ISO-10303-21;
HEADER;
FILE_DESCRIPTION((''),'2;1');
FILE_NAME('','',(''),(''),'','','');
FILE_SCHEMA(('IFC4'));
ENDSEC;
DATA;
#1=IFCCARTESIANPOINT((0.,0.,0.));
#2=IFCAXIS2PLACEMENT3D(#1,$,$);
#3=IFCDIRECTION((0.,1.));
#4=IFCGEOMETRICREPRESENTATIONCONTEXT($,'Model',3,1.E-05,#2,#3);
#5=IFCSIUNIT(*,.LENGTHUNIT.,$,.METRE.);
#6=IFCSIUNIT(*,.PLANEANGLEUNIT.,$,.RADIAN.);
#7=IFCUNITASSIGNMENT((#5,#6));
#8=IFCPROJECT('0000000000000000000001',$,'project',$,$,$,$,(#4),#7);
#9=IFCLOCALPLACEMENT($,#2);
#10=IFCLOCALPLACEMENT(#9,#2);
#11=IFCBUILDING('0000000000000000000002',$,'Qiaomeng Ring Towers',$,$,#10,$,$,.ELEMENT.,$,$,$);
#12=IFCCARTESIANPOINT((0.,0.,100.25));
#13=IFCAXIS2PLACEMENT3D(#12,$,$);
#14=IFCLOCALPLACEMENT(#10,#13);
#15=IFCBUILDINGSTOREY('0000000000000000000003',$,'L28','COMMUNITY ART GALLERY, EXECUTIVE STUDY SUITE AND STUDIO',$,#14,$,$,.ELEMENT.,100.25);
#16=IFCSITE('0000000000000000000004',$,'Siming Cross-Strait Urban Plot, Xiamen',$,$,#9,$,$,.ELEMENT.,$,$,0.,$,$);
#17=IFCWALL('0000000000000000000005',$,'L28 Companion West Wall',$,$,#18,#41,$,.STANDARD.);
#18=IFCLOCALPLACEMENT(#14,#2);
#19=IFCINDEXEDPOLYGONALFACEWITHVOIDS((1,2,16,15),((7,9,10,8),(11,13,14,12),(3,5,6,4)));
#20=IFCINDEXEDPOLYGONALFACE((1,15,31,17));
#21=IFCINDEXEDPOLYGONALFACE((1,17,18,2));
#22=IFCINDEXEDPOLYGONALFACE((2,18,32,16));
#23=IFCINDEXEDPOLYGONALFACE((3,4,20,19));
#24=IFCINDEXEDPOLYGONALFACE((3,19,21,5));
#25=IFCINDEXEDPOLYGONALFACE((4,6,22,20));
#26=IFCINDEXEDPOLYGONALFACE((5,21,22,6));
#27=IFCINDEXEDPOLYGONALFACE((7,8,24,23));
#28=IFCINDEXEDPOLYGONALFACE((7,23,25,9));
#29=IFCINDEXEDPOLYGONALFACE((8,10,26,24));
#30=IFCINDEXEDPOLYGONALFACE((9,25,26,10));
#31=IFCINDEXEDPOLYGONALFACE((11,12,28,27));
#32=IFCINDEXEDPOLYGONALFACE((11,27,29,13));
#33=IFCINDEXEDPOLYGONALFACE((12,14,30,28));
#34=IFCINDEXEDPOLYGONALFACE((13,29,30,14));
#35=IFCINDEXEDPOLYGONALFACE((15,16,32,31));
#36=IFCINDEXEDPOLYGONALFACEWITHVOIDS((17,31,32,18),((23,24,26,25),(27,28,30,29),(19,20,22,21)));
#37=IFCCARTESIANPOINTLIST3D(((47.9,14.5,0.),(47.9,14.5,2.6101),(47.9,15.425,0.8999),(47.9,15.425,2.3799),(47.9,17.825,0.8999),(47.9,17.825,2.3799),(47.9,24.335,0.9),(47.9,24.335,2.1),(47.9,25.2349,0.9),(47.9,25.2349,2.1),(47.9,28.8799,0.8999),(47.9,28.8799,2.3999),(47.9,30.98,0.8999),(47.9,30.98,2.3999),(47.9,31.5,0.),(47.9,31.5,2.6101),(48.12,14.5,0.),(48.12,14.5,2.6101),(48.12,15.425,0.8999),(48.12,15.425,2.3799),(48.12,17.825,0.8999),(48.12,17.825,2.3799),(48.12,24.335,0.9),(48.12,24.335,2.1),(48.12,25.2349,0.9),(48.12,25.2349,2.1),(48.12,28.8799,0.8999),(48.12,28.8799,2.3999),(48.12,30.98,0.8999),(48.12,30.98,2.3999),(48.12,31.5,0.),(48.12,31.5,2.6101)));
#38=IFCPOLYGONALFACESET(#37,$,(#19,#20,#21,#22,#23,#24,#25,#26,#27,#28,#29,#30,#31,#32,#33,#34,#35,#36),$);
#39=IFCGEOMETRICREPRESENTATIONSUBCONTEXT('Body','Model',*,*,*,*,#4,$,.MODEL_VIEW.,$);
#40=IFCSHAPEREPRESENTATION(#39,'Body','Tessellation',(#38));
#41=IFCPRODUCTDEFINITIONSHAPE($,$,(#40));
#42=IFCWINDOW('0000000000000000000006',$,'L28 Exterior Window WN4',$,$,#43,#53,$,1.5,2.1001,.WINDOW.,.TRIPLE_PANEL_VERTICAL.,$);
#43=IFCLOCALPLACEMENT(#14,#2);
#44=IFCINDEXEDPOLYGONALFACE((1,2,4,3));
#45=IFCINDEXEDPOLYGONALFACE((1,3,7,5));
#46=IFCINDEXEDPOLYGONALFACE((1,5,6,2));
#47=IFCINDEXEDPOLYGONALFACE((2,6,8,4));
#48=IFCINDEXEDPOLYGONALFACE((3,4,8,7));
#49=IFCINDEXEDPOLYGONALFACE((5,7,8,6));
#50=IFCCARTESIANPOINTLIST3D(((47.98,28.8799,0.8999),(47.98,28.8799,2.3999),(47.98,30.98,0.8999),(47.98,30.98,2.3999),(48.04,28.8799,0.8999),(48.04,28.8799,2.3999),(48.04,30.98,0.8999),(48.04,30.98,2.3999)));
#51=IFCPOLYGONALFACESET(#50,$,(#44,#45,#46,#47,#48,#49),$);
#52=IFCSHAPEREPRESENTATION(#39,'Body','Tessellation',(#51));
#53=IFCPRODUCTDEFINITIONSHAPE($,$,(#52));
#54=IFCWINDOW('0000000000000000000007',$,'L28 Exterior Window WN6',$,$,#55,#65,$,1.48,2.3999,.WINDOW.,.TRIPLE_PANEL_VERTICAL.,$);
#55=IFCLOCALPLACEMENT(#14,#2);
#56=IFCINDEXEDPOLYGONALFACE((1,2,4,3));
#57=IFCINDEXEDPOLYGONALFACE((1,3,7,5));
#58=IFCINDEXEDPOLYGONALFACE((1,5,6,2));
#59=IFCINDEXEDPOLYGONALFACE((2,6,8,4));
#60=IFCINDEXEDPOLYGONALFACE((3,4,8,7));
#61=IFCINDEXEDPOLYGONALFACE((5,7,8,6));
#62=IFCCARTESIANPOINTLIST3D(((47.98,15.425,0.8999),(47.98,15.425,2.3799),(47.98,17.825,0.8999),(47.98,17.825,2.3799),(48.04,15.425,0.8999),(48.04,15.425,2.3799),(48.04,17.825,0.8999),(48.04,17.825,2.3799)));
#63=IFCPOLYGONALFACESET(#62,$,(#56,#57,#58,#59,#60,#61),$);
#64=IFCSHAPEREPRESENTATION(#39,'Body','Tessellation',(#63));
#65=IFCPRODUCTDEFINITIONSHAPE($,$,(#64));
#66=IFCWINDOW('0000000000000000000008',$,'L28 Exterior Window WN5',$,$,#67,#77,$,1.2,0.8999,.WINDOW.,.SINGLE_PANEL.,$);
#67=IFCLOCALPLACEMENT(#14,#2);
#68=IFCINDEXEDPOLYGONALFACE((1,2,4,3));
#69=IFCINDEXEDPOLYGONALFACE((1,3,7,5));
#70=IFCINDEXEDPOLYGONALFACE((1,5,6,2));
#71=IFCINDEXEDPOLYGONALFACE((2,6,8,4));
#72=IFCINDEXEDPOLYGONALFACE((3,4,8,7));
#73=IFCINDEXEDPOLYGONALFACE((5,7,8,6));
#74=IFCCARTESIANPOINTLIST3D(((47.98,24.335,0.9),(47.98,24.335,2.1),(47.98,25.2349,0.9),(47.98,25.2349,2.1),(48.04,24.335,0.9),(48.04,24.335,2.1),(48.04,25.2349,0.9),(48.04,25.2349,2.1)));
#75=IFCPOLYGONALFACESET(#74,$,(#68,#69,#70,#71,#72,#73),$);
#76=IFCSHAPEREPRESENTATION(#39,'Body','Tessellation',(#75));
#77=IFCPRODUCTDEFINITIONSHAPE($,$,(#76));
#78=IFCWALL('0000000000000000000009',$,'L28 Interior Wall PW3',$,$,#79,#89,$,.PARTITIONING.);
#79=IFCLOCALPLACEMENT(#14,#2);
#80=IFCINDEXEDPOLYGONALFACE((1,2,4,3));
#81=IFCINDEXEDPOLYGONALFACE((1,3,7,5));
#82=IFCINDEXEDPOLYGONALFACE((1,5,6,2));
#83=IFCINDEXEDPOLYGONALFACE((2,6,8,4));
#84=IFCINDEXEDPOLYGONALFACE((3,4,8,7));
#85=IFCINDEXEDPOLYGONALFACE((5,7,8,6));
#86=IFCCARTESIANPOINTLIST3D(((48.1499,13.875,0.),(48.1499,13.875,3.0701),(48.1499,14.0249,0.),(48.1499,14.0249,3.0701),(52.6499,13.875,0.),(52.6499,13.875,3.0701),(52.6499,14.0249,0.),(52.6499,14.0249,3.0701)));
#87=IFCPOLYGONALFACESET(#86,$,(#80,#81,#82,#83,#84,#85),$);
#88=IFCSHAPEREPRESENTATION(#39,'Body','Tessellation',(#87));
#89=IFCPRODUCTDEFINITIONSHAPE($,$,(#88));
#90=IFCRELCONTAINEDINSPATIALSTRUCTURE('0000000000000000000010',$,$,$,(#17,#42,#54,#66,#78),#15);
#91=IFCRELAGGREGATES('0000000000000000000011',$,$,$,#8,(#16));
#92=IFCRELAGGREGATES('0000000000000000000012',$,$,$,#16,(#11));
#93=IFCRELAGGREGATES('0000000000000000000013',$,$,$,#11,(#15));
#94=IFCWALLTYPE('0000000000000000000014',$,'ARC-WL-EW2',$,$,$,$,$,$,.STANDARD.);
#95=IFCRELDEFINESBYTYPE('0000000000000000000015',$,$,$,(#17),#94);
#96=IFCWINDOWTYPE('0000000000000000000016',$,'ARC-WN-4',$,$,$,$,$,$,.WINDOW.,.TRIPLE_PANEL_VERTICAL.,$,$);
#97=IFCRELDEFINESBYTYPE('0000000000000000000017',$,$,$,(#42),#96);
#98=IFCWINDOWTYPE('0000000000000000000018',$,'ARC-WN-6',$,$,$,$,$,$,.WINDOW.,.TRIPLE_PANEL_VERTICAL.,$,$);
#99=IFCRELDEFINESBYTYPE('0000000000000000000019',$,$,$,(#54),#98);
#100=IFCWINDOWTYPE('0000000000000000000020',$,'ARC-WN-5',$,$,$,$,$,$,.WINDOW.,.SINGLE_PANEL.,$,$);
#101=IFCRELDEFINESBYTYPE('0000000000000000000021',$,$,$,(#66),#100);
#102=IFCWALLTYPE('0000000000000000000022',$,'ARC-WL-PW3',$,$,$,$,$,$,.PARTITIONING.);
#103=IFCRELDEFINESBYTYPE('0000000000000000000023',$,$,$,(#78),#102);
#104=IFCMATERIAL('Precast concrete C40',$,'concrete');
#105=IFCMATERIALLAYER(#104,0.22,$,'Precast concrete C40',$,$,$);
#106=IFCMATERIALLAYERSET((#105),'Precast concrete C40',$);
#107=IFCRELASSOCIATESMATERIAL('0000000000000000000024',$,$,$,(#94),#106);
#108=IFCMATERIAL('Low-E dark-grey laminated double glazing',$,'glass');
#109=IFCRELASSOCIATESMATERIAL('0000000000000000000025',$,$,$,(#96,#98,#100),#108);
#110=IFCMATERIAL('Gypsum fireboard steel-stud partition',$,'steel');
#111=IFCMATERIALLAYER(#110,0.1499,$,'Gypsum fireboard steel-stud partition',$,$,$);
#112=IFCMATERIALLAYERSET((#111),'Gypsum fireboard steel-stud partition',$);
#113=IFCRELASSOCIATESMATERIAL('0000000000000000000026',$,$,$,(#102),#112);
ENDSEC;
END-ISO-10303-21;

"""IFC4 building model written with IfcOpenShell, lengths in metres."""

from ifc_helpers import new_model, si_unit, direction, frame, frame_2d, origin, place, context, subcontext, project, spatial, rectangle, extrude, source, transform, mapped, material, layer, layer_set, type_object, element, fill, save


model = new_model("IFC4")

# Units and contexts
model_context = context("Model", 3, precision=1e-05, world=origin(), true_north=direction((0.0, 1.0)))
body_context = subcontext(model_context, "Body", "Model", "MODEL_VIEW")
ifc_project = project(units=[si_unit("LENGTHUNIT", "METRE"), si_unit("PLANEANGLEUNIT", "RADIAN")], contexts=[model_context])

# Site, building, storey
site_placement = place(None, origin())
site = spatial("IfcSite", under=ifc_project, at=site_placement, Name="Siming Cross-Strait Urban Plot, Xiamen", CompositionType="ELEMENT", RefElevation=0.0)
building_placement = place(site_placement, origin())
building = spatial("IfcBuilding", under=site, at=building_placement, Name="Qiaomeng Ring Towers", CompositionType="ELEMENT")
storey_placement = place(building_placement, frame((0.0, 0.0, 100.25)))
storey = spatial("IfcBuildingStorey", under=building, at=storey_placement, Name="L28", Description="COMMUNITY ART GALLERY, EXECUTIVE STUDY SUITE AND STUDIO", CompositionType="ELEMENT", Elevation=100.25)

# Shared definitions
ifc_material_1 = material(Name="Low-E dark-grey laminated double glazing", Category="glass")

# Shared definitions
ifc_material_2 = material(Name="Precast concrete C40", Category="concrete")
ifc_layer_1 = layer(ifc_material_2, 0.22, Name="Precast concrete C40")
ifc_layer_set_1 = layer_set([ifc_layer_1], Name="Precast concrete C40")
wall_type_1 = type_object("IfcWallType", Name="ARC-WL-EW2", PredefinedType="STANDARD", material=ifc_layer_set_1)
window_type_1 = type_object("IfcWindowType", Name="ARC-WN-4", PartitioningType="TRIPLE_PANEL_VERTICAL", PredefinedType="WINDOW", material=ifc_material_1)
shared_shape_1 = source(origin(), body_context, "Body", "SweptSolid", [
    extrude(rectangle(XDim=2.1001, YDim=1.5, at=frame_2d((1.05, 0.75))), frame((0.0, 0.03, 0.0), z_axis=(0.0, -1.0, 0.0), x_axis=(1.0, 0.0, 0.0)), (0.0, 0.0, 1.0), 0.0601),
])
window_type_2 = type_object("IfcWindowType", Name="ARC-WN-6", PartitioningType="TRIPLE_PANEL_VERTICAL", PredefinedType="WINDOW", material=ifc_material_1)
shared_shape_2 = source(origin(), body_context, "Body", "SweptSolid", [
    extrude(rectangle(XDim=2.3999, YDim=1.48, at=frame_2d((1.2, 0.74))), frame((0.0, 0.03, 0.0), z_axis=(0.0, -1.0, 0.0), x_axis=(1.0, 0.0, 0.0)), (0.0, 0.0, 1.0), 0.0601),
])
window_type_3 = type_object("IfcWindowType", Name="ARC-WN-5", PartitioningType="SINGLE_PANEL", PredefinedType="WINDOW", material=ifc_material_1)
shared_shape_3 = source(origin(), body_context, "Body", "SweptSolid", [
    extrude(rectangle(XDim=0.8999, YDim=1.2, at=frame_2d((0.45, 0.6001))), frame((0.0, 0.03, 0.0), z_axis=(0.0, -1.0, 0.0), x_axis=(1.0, 0.0, 0.0)), (0.0, 0.0, 1.0), 0.0601),
])

# Wall, openings, windows
wall_1_placement = place(storey_placement, frame((48.01, 14.5, 0.0), z_axis=(0.0, 0.0, 1.0), x_axis=(0.0, 1.0, 0.0)))
wall_1 = element("IfcWall", 1, at=wall_1_placement, inside=storey, type_object=wall_type_1, Name="L28 Companion West Wall", PredefinedType="STANDARD", context=body_context, shape_type="SweptSolid", body=[
    extrude(rectangle(XDim=17.0, YDim=0.22, at=frame_2d((8.5, 0.0))), origin(), (0.0, 0.0, 1.0), 2.6101),
])
opening_1_placement = place(wall_1_placement, frame((0.925, 0.0, 0.8999)))
opening_1 = element("IfcOpeningElement", 2, at=opening_1_placement, cuts=wall_1, PredefinedType="OPENING", context=body_context, shape_type="SweptSolid", body=[
    extrude(rectangle(XDim=2.3999, YDim=1.48, at=frame_2d((1.2, 0.74))), frame((0.0, 0.1199, 0.0), z_axis=(0.0, -1.0, 0.0), x_axis=(1.0, 0.0, 0.0)), (0.0, 0.0, 1.0), 0.24),
])
opening_2_placement = place(wall_1_placement, frame((14.3799, 0.0, 0.8999)))
opening_2 = element("IfcOpeningElement", 3, at=opening_2_placement, cuts=wall_1, PredefinedType="OPENING", context=body_context, shape_type="SweptSolid", body=[
    extrude(rectangle(XDim=2.1001, YDim=1.5, at=frame_2d((1.05, 0.75))), frame((0.0, 0.1199, 0.0), z_axis=(0.0, -1.0, 0.0), x_axis=(1.0, 0.0, 0.0)), (0.0, 0.0, 1.0), 0.24),
])
opening_3_placement = place(wall_1_placement, frame((9.835, 0.0, 0.8999)))
opening_3 = element("IfcOpeningElement", 4, at=opening_3_placement, cuts=wall_1, PredefinedType="OPENING", context=body_context, shape_type="SweptSolid", body=[
    extrude(rectangle(XDim=0.8999, YDim=1.2, at=frame_2d((0.45, 0.6001))), frame((0.0, 0.1199, 0.0), z_axis=(0.0, -1.0, 0.0), x_axis=(1.0, 0.0, 0.0)), (0.0, 0.0, 1.0), 0.24),
])
window_1_placement = place(opening_2_placement, origin())
window_1 = element("IfcWindow", 5, at=window_1_placement, inside=storey, type_object=window_type_1, Name="L28 Exterior Window WN4", OverallHeight=1.5, OverallWidth=2.1001, PartitioningType="TRIPLE_PANEL_VERTICAL", PredefinedType="WINDOW", context=body_context, shape_type="MappedRepresentation", body=[
    mapped(shared_shape_1, transform((0.0, 0.0, 0.0), x_axis=(1.0, 0.0, 0.0), y_axis=(0.0, 1.0, 0.0), z_axis=(0.0, 0.0, 1.0), scale=1.0)),
])
fill(opening_2, window_1)
window_2_placement = place(opening_1_placement, origin())
window_2 = element("IfcWindow", 6, at=window_2_placement, inside=storey, type_object=window_type_2, Name="L28 Exterior Window WN6", OverallHeight=1.48, OverallWidth=2.3999, PartitioningType="TRIPLE_PANEL_VERTICAL", PredefinedType="WINDOW", context=body_context, shape_type="MappedRepresentation", body=[
    mapped(shared_shape_2, transform((0.0, 0.0, 0.0), x_axis=(1.0, 0.0, 0.0), y_axis=(0.0, 1.0, 0.0), z_axis=(0.0, 0.0, 1.0), scale=1.0)),
])
fill(opening_1, window_2)
window_3_placement = place(opening_3_placement, origin())
window_3 = element("IfcWindow", 7, at=window_3_placement, inside=storey, type_object=window_type_3, Name="L28 Exterior Window WN5", OverallHeight=1.2, OverallWidth=0.8999, PartitioningType="SINGLE_PANEL", PredefinedType="WINDOW", context=body_context, shape_type="MappedRepresentation", body=[
    mapped(shared_shape_3, transform((0.0, 0.0, 0.0), x_axis=(1.0, 0.0, 0.0), y_axis=(0.0, 1.0, 0.0), z_axis=(0.0, 0.0, 1.0), scale=1.0)),
])
fill(opening_3, window_3)

# Wall
ifc_material_3 = material(Name="Gypsum fireboard steel-stud partition", Category="steel")
ifc_layer_2 = layer(ifc_material_3, 0.1499, Name="Gypsum fireboard steel-stud partition")
ifc_layer_set_2 = layer_set([ifc_layer_2], Name="Gypsum fireboard steel-stud partition")
wall_type_2 = type_object("IfcWallType", Name="ARC-WL-PW3", PredefinedType="PARTITIONING", material=ifc_layer_set_2)
wall_2_placement = place(storey_placement, frame((48.1499, 13.95, 0.0), z_axis=(0.0, 0.0, 1.0), x_axis=(1.0, 0.0, 0.0)))
element("IfcWall", 8, at=wall_2_placement, inside=storey, type_object=wall_type_2, Name="L28 Interior Wall PW3", PredefinedType="PARTITIONING", context=body_context, shape_type="SweptSolid", body=[
    extrude(rectangle(XDim=4.5, YDim=0.1499, at=frame_2d((2.25, 0.0))), origin(), (0.0, 0.0, 1.0), 3.0701),
])

save(model, "model.ifc")
